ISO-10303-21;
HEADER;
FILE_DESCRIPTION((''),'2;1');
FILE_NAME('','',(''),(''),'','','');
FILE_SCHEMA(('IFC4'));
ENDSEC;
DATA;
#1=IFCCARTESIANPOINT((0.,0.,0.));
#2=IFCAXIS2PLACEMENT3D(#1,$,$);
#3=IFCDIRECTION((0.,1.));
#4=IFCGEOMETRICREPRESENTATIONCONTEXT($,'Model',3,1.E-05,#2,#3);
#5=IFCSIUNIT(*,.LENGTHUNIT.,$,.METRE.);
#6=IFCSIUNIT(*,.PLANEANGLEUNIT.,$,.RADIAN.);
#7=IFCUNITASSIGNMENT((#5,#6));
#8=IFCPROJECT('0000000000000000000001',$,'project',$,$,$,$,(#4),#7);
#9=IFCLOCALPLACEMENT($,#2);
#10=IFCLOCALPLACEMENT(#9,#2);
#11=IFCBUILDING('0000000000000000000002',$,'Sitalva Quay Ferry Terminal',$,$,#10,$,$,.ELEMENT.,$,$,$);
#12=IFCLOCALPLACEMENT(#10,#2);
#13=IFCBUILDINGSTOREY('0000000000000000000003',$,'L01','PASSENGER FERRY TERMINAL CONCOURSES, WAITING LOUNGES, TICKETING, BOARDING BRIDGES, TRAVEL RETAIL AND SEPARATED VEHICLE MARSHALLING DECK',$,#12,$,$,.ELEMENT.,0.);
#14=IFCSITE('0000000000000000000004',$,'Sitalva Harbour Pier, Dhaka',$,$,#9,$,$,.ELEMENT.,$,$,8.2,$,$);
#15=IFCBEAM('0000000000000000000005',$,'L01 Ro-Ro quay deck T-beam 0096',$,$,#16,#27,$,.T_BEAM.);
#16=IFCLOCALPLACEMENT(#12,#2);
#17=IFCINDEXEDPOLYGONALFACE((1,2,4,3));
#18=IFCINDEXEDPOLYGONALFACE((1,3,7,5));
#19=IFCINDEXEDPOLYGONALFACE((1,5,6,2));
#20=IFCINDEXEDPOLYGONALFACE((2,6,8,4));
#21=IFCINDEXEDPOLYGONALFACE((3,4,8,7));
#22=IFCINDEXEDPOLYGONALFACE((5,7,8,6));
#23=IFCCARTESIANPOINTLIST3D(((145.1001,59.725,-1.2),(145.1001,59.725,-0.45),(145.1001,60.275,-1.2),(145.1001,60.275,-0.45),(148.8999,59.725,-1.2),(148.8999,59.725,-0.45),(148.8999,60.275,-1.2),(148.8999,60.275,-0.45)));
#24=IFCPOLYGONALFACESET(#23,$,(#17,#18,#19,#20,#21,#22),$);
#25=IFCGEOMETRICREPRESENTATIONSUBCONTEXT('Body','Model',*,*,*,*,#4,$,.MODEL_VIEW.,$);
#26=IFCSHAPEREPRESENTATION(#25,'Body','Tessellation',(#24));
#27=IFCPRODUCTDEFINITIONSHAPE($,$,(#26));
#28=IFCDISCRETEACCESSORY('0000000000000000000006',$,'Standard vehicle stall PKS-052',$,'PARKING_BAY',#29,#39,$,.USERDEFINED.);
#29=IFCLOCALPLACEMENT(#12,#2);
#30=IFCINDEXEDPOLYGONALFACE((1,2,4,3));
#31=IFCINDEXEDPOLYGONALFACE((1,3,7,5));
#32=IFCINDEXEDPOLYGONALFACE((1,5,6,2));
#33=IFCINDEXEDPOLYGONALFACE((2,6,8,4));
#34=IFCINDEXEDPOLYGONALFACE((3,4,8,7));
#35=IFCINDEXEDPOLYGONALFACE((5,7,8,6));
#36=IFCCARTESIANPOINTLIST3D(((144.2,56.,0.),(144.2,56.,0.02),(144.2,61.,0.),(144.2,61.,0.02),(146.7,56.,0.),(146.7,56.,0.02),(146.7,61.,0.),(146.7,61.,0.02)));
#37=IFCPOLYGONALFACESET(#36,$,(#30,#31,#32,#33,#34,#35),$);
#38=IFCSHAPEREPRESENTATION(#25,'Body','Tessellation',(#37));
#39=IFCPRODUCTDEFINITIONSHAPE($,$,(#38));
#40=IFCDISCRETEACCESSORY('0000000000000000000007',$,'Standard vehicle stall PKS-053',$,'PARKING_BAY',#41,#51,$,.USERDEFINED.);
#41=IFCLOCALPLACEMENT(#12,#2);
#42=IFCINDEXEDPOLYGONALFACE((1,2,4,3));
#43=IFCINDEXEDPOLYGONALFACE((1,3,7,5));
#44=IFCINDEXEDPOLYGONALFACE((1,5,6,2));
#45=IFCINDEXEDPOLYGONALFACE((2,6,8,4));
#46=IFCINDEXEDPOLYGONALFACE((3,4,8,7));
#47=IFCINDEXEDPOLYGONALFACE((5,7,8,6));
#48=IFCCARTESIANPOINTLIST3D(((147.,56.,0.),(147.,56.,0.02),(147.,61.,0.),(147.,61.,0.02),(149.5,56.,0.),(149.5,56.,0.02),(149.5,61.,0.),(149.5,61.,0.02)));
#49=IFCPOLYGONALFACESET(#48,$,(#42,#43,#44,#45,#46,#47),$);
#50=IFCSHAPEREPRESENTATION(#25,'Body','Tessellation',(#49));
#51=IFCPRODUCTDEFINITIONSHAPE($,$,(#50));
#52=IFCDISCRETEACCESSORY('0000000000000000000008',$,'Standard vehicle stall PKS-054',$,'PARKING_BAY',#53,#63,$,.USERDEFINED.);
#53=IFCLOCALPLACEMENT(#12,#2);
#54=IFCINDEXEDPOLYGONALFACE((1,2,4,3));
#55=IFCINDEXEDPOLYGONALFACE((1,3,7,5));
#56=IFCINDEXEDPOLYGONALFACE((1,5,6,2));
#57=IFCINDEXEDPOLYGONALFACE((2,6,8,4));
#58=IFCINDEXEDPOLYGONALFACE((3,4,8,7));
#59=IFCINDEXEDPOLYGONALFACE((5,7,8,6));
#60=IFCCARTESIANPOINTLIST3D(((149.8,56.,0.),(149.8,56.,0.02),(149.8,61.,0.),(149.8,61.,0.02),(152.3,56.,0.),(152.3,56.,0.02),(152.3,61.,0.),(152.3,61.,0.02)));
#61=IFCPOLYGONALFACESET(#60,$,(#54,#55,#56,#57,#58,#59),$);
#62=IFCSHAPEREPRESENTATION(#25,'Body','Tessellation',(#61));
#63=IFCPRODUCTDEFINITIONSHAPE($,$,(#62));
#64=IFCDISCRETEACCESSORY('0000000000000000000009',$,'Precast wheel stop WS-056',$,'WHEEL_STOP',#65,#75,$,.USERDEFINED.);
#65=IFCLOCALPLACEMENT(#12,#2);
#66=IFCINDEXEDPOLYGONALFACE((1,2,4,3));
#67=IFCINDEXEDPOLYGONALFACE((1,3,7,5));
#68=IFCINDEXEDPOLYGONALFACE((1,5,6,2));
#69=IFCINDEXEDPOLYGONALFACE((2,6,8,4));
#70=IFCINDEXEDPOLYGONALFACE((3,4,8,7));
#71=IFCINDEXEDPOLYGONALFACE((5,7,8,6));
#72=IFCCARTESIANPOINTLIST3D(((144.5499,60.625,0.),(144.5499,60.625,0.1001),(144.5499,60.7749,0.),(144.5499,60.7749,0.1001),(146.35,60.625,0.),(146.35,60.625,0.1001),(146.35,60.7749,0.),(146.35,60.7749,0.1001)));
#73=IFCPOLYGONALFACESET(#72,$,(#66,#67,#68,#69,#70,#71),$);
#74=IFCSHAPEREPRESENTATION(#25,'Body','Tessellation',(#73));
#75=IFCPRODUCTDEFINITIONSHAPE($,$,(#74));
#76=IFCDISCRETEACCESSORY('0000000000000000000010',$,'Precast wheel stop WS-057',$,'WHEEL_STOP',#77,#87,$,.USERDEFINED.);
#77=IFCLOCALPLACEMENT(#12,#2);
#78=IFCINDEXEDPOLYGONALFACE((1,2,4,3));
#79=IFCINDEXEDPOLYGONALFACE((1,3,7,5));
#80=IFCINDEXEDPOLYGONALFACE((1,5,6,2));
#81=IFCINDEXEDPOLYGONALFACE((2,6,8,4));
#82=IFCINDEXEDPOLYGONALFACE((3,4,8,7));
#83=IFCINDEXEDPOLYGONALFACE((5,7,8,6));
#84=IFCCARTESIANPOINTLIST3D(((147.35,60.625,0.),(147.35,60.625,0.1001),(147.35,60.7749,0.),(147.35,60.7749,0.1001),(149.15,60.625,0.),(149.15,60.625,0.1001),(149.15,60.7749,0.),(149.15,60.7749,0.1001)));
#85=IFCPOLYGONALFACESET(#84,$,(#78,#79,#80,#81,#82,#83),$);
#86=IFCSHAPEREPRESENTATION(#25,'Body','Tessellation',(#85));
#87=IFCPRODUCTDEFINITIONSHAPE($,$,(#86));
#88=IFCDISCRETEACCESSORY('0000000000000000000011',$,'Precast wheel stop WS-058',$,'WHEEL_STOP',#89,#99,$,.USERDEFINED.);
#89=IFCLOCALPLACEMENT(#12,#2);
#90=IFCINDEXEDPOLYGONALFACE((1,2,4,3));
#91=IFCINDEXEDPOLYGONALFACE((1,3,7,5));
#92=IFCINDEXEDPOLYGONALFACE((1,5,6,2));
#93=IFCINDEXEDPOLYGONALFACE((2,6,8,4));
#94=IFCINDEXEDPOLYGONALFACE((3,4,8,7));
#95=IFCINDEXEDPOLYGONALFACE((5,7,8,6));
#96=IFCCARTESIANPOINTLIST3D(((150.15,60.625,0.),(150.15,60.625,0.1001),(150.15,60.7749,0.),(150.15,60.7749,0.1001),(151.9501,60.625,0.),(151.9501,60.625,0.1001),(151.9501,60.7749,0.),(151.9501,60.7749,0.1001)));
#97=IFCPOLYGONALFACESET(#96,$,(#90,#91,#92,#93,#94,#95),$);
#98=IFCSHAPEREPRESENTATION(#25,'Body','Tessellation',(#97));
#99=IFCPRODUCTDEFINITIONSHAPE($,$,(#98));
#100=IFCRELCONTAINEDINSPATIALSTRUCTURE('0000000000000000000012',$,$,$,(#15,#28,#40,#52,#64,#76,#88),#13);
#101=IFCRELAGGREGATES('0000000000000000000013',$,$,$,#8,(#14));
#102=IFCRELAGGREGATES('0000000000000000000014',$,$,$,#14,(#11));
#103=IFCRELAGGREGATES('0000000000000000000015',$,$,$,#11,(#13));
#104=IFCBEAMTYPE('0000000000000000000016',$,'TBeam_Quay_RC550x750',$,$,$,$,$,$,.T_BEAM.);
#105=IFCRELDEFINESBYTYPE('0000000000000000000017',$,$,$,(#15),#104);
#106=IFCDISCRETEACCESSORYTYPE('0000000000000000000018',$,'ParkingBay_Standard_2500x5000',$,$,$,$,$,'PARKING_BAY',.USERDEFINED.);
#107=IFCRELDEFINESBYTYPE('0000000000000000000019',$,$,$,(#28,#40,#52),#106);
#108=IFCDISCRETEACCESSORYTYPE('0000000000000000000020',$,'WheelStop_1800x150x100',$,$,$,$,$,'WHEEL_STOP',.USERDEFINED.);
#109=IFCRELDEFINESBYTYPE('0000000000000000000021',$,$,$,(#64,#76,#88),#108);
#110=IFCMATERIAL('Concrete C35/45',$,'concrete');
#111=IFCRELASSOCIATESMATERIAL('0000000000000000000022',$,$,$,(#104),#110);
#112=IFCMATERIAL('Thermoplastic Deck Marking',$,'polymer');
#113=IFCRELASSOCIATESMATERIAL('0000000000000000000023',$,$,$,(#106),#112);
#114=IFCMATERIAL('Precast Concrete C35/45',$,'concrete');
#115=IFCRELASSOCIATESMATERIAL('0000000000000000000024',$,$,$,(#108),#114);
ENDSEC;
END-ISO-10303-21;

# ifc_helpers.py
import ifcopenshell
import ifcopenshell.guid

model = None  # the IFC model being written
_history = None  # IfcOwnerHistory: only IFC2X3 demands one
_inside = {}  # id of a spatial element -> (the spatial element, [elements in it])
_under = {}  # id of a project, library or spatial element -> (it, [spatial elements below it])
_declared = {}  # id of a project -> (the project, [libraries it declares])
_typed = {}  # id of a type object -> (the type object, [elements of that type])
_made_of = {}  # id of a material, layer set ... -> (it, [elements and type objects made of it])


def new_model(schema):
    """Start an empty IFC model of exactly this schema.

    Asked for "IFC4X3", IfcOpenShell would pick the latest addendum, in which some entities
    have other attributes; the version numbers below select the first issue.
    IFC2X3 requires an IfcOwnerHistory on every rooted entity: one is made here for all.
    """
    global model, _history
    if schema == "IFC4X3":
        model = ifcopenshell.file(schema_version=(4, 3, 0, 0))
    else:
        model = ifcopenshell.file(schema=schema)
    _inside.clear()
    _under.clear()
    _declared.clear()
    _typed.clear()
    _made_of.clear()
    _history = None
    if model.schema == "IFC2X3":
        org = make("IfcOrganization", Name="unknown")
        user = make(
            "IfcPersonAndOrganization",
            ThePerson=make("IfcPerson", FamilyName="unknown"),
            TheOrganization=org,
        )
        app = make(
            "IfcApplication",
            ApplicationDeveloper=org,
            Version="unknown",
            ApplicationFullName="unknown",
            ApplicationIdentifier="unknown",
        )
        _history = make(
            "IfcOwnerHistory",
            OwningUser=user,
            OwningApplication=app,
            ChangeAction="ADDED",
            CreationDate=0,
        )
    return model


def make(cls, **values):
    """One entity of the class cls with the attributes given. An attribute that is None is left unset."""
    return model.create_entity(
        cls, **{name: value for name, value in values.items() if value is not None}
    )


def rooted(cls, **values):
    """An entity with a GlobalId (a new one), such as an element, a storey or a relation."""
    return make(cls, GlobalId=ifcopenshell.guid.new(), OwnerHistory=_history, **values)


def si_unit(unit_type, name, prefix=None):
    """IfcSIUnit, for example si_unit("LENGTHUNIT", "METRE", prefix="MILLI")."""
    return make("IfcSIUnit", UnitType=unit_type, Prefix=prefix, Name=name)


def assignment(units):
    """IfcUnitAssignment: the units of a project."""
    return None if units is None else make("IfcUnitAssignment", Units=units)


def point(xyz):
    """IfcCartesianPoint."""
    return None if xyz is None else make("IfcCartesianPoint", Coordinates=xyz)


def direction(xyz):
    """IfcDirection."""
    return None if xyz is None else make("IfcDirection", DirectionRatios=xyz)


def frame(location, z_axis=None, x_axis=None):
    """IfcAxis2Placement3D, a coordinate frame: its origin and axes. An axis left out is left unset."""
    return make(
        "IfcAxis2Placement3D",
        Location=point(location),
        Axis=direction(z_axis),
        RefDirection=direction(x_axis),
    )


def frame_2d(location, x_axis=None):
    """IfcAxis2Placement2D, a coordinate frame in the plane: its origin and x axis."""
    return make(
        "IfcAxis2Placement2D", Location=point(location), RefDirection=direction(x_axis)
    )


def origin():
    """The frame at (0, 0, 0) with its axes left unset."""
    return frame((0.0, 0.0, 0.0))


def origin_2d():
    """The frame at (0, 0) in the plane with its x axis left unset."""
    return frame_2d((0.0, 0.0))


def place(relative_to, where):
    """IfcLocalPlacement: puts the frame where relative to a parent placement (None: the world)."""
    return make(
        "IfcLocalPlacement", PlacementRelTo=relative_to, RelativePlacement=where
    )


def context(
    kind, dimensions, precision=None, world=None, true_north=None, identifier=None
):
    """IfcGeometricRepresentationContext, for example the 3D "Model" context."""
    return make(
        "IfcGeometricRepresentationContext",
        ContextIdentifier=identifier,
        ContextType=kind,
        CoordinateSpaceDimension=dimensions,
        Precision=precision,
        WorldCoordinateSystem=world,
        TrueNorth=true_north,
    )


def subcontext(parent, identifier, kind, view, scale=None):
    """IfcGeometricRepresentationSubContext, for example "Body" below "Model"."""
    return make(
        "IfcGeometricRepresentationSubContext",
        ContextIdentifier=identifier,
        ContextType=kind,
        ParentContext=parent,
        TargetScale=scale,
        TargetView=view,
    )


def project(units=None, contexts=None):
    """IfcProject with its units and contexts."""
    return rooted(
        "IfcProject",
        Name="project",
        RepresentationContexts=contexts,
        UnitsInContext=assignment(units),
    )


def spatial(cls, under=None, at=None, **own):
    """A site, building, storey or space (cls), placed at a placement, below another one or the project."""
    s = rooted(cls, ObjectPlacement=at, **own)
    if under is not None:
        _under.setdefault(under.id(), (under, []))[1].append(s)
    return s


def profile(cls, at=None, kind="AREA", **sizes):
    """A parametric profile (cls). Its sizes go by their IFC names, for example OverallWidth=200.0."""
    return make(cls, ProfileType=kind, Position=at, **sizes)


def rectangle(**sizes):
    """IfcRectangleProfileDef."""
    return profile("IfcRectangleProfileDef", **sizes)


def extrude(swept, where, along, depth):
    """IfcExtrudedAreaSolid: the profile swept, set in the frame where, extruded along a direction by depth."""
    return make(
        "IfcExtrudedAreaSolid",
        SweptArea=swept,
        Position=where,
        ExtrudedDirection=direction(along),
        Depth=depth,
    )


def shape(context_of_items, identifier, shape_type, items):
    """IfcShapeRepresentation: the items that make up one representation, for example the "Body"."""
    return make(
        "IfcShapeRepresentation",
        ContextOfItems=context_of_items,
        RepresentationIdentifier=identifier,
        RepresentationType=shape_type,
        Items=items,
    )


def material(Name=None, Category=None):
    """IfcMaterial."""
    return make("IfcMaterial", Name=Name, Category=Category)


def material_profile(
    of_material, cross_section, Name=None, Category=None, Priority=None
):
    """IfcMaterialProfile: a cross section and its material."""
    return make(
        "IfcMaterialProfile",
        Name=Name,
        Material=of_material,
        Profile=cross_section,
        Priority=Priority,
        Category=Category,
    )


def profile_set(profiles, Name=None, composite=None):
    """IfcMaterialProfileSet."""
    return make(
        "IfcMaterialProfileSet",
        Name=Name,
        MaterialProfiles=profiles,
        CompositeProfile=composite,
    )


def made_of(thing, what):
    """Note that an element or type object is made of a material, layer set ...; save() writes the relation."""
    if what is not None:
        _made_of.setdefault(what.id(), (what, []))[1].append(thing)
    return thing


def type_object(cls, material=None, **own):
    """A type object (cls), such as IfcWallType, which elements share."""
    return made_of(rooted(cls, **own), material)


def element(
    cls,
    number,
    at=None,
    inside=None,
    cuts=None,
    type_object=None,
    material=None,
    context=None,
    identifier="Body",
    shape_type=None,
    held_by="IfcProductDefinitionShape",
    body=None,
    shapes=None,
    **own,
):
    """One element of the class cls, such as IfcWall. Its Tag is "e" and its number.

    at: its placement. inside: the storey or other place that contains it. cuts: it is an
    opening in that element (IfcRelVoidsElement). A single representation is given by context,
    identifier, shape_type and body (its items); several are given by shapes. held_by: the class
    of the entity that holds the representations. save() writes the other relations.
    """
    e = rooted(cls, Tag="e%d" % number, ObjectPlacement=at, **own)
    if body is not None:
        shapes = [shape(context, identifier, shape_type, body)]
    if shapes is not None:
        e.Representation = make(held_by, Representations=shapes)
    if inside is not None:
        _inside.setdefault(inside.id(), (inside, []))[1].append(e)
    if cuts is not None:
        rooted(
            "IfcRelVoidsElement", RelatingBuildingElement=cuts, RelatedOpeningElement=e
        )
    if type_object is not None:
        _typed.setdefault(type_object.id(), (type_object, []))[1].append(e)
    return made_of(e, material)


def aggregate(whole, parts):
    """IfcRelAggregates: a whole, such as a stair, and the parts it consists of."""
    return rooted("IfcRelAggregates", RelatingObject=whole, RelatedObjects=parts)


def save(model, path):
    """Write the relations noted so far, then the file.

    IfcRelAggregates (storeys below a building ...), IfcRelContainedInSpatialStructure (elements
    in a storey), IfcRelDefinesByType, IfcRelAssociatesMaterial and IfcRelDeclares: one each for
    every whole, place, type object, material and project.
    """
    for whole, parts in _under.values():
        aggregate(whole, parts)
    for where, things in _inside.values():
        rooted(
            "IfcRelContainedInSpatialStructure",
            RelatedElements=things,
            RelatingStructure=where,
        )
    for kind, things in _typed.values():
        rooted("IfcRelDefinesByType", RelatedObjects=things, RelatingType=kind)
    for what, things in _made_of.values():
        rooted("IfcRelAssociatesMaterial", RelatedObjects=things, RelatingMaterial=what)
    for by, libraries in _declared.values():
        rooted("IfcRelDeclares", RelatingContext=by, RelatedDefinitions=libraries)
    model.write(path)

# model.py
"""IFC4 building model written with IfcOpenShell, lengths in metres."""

from ifc_helpers import new_model, si_unit, direction, frame, origin, origin_2d, place, context, subcontext, project, spatial, rectangle, extrude, material, material_profile, profile_set, type_object, element, save


model = new_model("IFC4")

# Units and contexts
model_context = context("Model", 3, precision=1e-05, world=origin(), true_north=direction((0.0, 1.0)))
body_context = subcontext(model_context, "Body", "Model", "MODEL_VIEW")
ifc_project = project(units=[si_unit("LENGTHUNIT", "METRE"), si_unit("PLANEANGLEUNIT", "RADIAN")], contexts=[model_context])

# Site, building, storey
site_placement = place(None, origin())
site = spatial("IfcSite", under=ifc_project, at=site_placement, Name="Sitalva Harbour Pier, Dhaka", CompositionType="ELEMENT", RefElevation=8.2)
building_placement = place(site_placement, origin())
building = spatial("IfcBuilding", under=site, at=building_placement, Name="Sitalva Quay Ferry Terminal", CompositionType="ELEMENT")
storey_placement = place(building_placement, origin())
storey = spatial("IfcBuildingStorey", under=building, at=storey_placement, Name="L01", Description="PASSENGER FERRY TERMINAL CONCOURSES, WAITING LOUNGES, TICKETING, BOARDING BRIDGES, TRAVEL RETAIL AND SEPARATED VEHICLE MARSHALLING DECK", CompositionType="ELEMENT", Elevation=0.0)

# Beam
ifc_material_1 = material(Name="Concrete C35/45", Category="concrete")
ifc_material_profile_1 = material_profile(ifc_material_1, rectangle(XDim=0.55, YDim=0.75, at=origin_2d()), Name="RC550x750")
ifc_profile_set_1 = profile_set([ifc_material_profile_1], Name="Concrete C35/45")
beam_type_1 = type_object("IfcBeamType", Name="TBeam_Quay_RC550x750", PredefinedType="T_BEAM", material=ifc_profile_set_1)
beam_1_placement = place(storey_placement, frame((145.1001, 60.0, -0.825), z_axis=(1.0, 0.0, 0.0), x_axis=(0.0, 1.0, 0.0)))
element("IfcBeam", 1, at=beam_1_placement, inside=storey, type_object=beam_type_1, Name="L01 Ro-Ro quay deck T-beam 0096", PredefinedType="T_BEAM", context=body_context, shape_type="SweptSolid", body=[
    extrude(rectangle(XDim=0.55, YDim=0.75, at=origin_2d()), origin(), (0.0, 0.0, 1.0), 3.7998),
])

# Discrete accessories
ifc_material_2 = material(Name="Thermoplastic Deck Marking", Category="polymer")
discrete_accessory_type_1 = type_object("IfcDiscreteAccessoryType", Name="ParkingBay_Standard_2500x5000", ElementType="PARKING_BAY", PredefinedType="USERDEFINED", material=ifc_material_2)
for number, where, z_axis, x_axis, name in (
    (2, (145.45, 58.5, 0.0), (0.0, 0.0, 1.0), (1.0, 0.0, 0.0), "Standard vehicle stall PKS-052"),
    (3, (148.25, 58.5, 0.0), (0.0, 0.0, 1.0), (1.0, 0.0, 0.0), "Standard vehicle stall PKS-053"),
    (4, (151.05, 58.5, 0.0), (0.0, 0.0, 1.0), (1.0, 0.0, 0.0), "Standard vehicle stall PKS-054"),
):
    element("IfcDiscreteAccessory", number, at=place(storey_placement, frame(where, z_axis=z_axis, x_axis=x_axis)), inside=storey, type_object=discrete_accessory_type_1, Name=name, ObjectType="PARKING_BAY", PredefinedType="USERDEFINED", context=body_context, shape_type="SweptSolid", body=[
        extrude(rectangle(XDim=2.5, YDim=5.0, at=origin_2d()), origin(), (0.0, 0.0, 1.0), 0.02),
    ])
ifc_material_3 = material(Name="Precast Concrete C35/45", Category="concrete")
discrete_accessory_type_2 = type_object("IfcDiscreteAccessoryType", Name="WheelStop_1800x150x100", ElementType="WHEEL_STOP", PredefinedType="USERDEFINED", material=ifc_material_3)
for number, where, z_axis, x_axis, name in (
    (5, (145.45, 60.7, 0.0), (0.0, 0.0, 1.0), (1.0, 0.0, 0.0), "Precast wheel stop WS-056"),
    (6, (148.25, 60.7, 0.0), (0.0, 0.0, 1.0), (1.0, 0.0, 0.0), "Precast wheel stop WS-057"),
    (7, (151.05, 60.7, 0.0), (0.0, 0.0, 1.0), (1.0, 0.0, 0.0), "Precast wheel stop WS-058"),
):
    element("IfcDiscreteAccessory", number, at=place(storey_placement, frame(where, z_axis=z_axis, x_axis=x_axis)), inside=storey, type_object=discrete_accessory_type_2, Name=name, ObjectType="WHEEL_STOP", PredefinedType="USERDEFINED", context=body_context, shape_type="SweptSolid", body=[
        extrude(rectangle(XDim=1.8, YDim=0.1499, at=origin_2d()), origin(), (0.0, 0.0, 1.0), 0.1001),
    ])

save(model, "model.ifc")
